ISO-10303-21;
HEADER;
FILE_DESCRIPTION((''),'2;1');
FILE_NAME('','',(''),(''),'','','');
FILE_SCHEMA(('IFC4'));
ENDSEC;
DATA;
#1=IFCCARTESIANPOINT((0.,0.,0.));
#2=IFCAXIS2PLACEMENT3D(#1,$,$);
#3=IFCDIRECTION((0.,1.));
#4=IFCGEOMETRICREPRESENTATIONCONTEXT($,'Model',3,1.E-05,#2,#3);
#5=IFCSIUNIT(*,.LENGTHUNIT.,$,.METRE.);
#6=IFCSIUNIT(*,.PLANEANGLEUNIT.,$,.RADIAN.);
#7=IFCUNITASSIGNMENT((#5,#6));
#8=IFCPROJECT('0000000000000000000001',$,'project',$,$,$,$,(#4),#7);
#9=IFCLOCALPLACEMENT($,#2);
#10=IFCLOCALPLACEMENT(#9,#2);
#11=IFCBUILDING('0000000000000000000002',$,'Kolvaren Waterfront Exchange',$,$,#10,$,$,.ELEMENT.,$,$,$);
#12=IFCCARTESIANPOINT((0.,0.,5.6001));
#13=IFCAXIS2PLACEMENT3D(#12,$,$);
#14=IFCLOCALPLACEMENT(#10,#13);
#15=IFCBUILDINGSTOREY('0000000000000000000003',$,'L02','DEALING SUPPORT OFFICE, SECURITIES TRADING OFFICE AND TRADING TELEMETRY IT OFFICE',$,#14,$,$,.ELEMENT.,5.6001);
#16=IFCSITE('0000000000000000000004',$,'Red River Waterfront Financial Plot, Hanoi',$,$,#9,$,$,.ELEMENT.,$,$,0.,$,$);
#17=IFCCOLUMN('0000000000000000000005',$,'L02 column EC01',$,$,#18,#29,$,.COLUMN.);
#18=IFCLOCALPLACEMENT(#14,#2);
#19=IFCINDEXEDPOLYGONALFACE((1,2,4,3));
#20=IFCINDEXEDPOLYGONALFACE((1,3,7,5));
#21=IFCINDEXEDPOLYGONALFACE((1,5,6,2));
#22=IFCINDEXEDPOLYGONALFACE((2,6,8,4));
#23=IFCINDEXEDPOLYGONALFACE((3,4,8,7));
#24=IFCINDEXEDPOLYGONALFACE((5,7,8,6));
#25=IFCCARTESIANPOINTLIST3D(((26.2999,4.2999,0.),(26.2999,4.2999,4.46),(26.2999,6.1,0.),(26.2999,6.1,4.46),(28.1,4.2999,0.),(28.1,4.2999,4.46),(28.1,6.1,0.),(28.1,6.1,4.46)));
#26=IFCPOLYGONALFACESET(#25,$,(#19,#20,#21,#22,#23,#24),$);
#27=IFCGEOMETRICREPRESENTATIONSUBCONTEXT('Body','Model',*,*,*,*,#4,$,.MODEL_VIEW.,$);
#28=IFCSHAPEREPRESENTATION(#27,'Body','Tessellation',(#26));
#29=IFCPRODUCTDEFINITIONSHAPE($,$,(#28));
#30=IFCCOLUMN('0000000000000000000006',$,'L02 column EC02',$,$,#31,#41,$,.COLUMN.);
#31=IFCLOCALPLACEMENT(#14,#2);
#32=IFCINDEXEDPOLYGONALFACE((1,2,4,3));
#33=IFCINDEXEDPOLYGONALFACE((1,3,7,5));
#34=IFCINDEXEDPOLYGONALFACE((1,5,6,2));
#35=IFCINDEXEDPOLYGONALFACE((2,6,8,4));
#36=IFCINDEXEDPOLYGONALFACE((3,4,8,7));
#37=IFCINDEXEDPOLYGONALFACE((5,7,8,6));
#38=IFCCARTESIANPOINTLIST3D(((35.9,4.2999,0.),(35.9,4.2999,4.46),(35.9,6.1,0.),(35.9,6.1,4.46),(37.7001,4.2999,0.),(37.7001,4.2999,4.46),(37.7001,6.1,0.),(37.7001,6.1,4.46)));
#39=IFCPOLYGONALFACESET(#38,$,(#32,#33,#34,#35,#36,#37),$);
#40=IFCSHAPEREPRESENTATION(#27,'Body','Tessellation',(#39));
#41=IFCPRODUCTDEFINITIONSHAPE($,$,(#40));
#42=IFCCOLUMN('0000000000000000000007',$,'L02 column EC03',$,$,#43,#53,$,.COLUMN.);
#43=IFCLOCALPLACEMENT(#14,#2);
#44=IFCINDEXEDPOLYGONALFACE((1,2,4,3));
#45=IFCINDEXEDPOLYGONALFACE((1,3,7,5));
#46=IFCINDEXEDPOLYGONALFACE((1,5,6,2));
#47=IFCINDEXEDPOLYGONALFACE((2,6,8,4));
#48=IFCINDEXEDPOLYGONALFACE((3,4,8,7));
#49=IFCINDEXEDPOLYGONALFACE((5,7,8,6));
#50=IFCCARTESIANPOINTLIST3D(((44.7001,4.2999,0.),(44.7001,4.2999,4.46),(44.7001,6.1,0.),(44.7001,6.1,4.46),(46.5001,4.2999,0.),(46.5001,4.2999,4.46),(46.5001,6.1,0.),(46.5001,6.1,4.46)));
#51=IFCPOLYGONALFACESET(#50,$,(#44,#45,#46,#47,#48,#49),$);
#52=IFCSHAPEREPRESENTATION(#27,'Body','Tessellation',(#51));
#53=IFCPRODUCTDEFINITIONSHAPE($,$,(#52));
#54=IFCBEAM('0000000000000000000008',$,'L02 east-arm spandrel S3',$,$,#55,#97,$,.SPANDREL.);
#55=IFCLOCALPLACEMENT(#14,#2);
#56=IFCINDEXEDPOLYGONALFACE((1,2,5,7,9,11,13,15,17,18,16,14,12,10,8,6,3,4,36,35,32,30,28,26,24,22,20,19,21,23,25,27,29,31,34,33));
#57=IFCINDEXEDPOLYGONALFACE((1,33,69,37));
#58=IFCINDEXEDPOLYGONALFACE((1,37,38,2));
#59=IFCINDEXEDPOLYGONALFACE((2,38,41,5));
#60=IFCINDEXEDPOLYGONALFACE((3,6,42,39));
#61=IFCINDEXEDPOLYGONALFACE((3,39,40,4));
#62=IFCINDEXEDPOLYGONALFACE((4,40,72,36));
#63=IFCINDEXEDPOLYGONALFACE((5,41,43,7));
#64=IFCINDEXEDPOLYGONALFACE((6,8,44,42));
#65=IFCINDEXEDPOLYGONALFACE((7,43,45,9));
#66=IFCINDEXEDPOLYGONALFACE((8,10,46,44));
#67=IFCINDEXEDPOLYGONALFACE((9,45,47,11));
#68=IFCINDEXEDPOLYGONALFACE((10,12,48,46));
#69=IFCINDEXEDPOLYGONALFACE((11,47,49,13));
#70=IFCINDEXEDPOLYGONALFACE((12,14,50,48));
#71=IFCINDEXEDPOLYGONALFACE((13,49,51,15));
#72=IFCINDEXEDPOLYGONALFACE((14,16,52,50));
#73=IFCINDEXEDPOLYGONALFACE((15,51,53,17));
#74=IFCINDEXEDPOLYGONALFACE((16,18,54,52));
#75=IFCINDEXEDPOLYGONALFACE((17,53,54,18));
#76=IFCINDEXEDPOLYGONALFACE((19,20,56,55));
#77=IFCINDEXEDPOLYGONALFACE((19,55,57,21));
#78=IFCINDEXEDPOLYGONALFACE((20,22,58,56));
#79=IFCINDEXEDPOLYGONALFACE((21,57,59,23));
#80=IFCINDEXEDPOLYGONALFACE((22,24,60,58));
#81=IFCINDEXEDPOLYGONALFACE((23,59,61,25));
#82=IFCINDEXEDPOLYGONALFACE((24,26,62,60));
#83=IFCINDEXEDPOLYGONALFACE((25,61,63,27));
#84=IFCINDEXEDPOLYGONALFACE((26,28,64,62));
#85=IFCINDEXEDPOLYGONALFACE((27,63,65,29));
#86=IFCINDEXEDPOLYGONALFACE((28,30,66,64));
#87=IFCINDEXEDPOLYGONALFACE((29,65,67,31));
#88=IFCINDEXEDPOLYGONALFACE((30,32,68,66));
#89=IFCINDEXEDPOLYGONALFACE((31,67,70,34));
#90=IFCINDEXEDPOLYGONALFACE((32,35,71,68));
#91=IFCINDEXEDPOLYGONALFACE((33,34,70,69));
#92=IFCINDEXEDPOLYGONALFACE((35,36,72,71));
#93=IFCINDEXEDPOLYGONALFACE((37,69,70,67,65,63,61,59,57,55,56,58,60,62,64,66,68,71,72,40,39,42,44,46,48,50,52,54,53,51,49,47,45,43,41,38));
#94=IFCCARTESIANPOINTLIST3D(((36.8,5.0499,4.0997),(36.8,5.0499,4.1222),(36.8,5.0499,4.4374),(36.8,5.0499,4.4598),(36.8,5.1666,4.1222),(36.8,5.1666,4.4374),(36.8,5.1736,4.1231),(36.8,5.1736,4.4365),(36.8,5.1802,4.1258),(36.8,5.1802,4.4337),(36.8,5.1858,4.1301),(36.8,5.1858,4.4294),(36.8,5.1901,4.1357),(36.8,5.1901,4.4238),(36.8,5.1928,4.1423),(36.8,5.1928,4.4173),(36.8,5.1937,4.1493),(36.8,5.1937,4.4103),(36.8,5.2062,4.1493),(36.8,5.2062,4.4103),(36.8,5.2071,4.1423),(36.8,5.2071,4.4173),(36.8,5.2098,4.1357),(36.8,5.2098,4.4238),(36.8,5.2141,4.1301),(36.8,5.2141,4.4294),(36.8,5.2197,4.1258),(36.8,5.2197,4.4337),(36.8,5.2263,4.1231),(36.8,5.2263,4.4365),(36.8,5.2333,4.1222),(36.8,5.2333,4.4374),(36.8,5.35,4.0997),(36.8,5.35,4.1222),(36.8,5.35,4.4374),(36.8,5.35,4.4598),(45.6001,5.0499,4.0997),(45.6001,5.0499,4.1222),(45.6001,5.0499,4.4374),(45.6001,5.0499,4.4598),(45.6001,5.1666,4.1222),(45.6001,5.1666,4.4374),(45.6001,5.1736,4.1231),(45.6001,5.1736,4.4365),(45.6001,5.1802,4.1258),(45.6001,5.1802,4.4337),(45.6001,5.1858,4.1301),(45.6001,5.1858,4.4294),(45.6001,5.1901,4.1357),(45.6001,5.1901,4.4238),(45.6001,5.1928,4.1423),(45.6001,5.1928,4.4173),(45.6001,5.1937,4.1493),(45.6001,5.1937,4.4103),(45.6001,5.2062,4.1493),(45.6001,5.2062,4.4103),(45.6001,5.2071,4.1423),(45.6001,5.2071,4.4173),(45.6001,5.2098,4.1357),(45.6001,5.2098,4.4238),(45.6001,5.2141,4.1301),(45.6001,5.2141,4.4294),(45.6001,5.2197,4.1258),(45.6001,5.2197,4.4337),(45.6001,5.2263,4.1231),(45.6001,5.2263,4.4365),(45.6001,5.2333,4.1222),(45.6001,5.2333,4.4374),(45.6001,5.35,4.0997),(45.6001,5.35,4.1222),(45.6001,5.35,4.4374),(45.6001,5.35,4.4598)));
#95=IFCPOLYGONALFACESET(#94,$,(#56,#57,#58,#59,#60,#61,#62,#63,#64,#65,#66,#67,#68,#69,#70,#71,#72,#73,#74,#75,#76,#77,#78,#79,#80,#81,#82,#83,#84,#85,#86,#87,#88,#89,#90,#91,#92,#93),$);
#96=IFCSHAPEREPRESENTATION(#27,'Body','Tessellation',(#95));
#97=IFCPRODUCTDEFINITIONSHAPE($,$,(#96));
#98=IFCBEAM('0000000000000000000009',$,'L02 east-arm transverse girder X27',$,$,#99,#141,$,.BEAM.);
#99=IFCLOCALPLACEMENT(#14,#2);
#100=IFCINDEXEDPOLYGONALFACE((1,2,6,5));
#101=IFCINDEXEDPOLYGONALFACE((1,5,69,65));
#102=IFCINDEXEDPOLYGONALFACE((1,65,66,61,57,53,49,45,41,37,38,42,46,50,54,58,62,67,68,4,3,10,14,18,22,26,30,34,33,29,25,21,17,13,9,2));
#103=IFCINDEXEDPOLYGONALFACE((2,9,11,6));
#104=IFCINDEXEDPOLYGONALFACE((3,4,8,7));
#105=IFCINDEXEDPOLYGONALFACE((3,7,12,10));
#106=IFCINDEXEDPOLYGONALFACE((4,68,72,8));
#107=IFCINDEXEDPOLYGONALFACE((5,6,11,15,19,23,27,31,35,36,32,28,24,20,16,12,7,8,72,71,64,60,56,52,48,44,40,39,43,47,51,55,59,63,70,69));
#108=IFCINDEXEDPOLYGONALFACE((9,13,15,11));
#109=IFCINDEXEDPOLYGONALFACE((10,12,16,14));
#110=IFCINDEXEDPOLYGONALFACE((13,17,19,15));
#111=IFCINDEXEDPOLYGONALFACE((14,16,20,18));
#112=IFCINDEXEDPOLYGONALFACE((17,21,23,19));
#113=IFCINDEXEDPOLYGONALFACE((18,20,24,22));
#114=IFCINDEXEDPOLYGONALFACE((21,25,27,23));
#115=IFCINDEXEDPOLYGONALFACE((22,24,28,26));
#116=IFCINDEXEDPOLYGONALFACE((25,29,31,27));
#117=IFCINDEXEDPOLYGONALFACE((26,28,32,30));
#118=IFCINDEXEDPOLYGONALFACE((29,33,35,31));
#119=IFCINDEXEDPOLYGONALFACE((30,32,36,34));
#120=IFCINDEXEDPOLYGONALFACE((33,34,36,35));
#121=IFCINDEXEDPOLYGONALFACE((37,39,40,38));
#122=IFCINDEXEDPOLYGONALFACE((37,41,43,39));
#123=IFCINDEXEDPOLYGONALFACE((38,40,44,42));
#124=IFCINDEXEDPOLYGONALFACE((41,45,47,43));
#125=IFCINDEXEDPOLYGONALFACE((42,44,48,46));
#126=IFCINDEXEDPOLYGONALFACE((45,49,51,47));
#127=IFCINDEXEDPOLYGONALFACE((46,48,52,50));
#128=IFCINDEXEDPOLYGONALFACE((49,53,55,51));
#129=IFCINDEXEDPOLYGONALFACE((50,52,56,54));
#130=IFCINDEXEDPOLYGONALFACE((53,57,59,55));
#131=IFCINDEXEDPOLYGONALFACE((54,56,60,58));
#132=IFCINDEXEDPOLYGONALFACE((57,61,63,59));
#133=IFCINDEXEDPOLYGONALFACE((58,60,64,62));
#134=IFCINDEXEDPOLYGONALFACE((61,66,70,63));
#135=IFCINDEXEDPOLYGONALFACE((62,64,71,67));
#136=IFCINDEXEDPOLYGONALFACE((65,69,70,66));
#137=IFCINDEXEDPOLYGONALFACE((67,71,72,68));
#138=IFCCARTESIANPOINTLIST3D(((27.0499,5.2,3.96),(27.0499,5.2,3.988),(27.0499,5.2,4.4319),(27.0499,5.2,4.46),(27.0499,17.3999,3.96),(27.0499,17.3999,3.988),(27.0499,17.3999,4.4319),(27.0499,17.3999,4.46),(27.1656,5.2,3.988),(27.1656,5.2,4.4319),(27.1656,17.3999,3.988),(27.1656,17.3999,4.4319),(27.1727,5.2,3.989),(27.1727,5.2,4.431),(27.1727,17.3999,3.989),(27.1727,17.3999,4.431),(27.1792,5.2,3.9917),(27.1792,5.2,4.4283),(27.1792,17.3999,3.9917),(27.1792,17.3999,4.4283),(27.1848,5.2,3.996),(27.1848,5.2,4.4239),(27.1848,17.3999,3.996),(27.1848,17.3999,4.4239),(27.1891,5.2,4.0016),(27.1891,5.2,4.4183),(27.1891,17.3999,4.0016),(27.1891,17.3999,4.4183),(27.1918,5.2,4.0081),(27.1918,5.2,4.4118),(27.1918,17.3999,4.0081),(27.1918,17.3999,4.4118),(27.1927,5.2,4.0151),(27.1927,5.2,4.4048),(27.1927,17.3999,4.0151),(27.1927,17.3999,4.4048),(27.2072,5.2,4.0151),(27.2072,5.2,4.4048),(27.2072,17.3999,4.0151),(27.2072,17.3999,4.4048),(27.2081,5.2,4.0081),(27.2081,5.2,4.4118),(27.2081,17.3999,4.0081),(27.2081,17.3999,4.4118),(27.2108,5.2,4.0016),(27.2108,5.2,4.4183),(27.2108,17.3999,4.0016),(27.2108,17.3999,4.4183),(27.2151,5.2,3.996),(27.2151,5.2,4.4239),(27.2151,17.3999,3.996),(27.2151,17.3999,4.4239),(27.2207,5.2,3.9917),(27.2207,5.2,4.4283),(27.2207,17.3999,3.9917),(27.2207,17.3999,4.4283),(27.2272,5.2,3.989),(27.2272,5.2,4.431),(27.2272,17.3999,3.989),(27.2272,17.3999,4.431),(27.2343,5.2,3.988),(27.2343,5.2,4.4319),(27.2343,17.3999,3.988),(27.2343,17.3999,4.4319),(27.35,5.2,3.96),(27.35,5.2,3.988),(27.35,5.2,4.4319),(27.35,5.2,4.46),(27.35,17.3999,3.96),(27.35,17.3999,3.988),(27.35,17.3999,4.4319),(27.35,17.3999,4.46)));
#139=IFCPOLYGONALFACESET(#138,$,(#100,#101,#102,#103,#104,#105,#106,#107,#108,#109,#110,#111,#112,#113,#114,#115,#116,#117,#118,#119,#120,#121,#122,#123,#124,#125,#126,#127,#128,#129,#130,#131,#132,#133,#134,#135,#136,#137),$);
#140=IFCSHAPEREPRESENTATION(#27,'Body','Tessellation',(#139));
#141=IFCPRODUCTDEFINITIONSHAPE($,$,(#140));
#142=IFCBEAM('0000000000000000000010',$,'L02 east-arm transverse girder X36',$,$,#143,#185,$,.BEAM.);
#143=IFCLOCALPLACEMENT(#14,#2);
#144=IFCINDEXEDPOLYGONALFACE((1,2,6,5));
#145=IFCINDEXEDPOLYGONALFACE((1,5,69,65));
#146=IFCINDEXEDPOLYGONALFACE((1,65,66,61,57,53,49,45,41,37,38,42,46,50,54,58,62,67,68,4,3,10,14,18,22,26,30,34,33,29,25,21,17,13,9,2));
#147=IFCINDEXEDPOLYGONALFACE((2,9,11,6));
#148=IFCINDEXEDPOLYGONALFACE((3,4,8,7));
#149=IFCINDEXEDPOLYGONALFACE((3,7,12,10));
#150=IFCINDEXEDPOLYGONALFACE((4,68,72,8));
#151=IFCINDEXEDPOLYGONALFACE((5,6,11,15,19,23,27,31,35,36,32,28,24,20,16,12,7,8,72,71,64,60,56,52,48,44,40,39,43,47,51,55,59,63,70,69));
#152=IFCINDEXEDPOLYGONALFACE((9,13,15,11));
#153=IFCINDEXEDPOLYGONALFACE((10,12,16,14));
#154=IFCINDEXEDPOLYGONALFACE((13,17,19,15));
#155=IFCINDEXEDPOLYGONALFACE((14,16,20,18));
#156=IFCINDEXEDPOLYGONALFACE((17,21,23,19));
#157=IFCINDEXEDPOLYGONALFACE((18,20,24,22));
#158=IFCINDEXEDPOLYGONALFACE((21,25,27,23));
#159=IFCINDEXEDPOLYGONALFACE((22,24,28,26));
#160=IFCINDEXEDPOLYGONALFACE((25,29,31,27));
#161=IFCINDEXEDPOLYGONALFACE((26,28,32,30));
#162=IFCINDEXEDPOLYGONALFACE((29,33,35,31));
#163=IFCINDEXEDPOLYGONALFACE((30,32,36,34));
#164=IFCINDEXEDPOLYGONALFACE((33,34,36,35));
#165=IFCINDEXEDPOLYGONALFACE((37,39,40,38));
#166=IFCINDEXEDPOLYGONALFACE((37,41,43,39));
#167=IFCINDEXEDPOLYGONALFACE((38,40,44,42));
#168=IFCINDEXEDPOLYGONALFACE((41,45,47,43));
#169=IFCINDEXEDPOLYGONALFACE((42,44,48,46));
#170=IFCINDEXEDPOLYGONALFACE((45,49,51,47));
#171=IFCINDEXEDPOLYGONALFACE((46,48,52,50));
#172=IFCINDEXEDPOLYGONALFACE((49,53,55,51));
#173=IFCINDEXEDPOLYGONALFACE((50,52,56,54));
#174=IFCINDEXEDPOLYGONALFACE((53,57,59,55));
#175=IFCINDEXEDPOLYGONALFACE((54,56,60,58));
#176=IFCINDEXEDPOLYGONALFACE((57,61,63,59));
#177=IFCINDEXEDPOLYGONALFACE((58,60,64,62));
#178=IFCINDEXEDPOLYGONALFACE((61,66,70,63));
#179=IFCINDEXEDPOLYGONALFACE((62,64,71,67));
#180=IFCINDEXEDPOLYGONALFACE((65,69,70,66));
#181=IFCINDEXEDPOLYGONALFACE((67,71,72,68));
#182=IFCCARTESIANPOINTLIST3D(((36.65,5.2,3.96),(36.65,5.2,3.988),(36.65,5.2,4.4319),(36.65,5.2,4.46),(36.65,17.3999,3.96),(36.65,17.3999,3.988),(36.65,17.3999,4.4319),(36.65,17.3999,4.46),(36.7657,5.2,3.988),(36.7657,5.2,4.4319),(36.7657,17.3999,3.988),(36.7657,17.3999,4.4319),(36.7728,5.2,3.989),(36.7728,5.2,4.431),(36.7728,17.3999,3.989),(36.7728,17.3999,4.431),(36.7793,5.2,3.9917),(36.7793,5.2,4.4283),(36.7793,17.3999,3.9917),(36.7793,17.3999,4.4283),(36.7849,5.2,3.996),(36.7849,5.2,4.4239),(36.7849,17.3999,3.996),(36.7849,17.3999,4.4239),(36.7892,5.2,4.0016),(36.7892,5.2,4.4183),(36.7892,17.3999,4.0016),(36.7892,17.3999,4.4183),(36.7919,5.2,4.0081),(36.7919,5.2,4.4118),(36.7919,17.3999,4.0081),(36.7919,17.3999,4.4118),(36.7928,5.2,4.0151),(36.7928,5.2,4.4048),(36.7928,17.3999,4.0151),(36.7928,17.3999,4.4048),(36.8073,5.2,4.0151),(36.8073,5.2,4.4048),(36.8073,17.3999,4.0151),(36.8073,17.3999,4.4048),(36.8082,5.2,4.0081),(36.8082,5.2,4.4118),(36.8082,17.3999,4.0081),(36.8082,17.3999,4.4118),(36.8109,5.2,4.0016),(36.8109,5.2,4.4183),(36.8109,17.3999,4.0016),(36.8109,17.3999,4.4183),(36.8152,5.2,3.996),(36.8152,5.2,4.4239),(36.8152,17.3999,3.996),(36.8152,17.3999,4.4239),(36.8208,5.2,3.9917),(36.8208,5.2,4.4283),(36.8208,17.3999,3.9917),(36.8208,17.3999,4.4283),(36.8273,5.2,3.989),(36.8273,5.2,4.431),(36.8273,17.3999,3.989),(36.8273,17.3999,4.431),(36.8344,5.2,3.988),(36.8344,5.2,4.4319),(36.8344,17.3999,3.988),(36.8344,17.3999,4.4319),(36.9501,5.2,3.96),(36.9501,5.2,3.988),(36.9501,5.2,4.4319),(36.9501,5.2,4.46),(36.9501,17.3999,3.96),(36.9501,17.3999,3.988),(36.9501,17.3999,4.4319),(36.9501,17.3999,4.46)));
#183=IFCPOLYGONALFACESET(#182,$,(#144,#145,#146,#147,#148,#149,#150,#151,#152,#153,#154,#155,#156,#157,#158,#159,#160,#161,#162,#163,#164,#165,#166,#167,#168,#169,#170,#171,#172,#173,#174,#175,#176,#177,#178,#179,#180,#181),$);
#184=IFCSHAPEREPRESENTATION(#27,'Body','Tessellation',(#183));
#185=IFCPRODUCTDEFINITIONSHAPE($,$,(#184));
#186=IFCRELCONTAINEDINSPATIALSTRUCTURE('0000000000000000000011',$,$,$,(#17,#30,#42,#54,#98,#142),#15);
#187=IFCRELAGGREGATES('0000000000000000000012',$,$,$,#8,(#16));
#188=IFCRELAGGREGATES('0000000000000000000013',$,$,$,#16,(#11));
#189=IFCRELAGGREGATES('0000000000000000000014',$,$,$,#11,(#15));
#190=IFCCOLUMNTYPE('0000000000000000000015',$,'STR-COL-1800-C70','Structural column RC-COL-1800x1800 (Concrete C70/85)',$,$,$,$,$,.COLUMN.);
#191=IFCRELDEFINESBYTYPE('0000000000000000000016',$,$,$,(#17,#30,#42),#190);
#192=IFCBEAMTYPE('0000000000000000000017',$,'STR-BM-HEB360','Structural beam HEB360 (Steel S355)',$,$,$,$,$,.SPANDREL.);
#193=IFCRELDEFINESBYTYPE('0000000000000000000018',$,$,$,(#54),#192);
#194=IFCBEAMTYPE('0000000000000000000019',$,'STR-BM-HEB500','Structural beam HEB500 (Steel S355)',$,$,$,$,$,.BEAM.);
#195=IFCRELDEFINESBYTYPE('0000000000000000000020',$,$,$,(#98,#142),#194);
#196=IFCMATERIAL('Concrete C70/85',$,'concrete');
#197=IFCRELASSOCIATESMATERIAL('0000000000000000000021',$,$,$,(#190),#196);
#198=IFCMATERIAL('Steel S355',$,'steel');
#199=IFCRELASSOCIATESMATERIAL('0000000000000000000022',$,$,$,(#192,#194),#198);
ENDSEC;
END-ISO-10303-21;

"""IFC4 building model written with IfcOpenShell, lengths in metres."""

from ifc_helpers import new_model, si_unit, direction, frame, origin, origin_2d, place, context, subcontext, project, spatial, rectangle, i_section, extrude, material, material_profile, profile_set, type_object, element, save


model = new_model("IFC4")

# Units and contexts
model_context = context("Model", 3, precision=1e-05, world=origin(), true_north=direction((0.0, 1.0)))
body_context = subcontext(model_context, "Body", "Model", "MODEL_VIEW")
ifc_project = project(units=[si_unit("LENGTHUNIT", "METRE"), si_unit("PLANEANGLEUNIT", "RADIAN")], contexts=[model_context])

# Site, building, storey
site_placement = place(None, origin())
site = spatial("IfcSite", under=ifc_project, at=site_placement, Name="Red River Waterfront Financial Plot, Hanoi", CompositionType="ELEMENT", RefElevation=0.0)
building_placement = place(site_placement, origin())
building = spatial("IfcBuilding", under=site, at=building_placement, Name="Kolvaren Waterfront Exchange", CompositionType="ELEMENT")
storey_placement = place(building_placement, frame((0.0, 0.0, 5.6001)))
storey = spatial("IfcBuildingStorey", under=building, at=storey_placement, Name="L02", Description="DEALING SUPPORT OFFICE, SECURITIES TRADING OFFICE AND TRADING TELEMETRY IT OFFICE", CompositionType="ELEMENT", Elevation=5.6001)

# Columns
ifc_material_1 = material(Name="Concrete C70/85", Category="concrete")
ifc_material_profile_1 = material_profile(ifc_material_1, rectangle(XDim=1.8, YDim=1.8, at=origin_2d()), Name="RC-COL-1800x1800")
ifc_profile_set_1 = profile_set([ifc_material_profile_1], Name="Concrete C70/85")
column_type = type_object("IfcColumnType", Name="STR-COL-1800-C70", Description="Structural column RC-COL-1800x1800 (Concrete C70/85)", PredefinedType="COLUMN", material=ifc_profile_set_1)
for number, where, z_axis, x_axis, name in (
    (1, (27.2, 5.2, 0.0), (0.0, 0.0, 1.0), (1.0, 0.0, 0.0), "L02 column EC01"),
    (2, (36.8, 5.2, 0.0), (0.0, 0.0, 1.0), (1.0, 0.0, 0.0), "L02 column EC02"),
    (3, (45.6001, 5.2, 0.0), (0.0, 0.0, 1.0), (1.0, 0.0, 0.0), "L02 column EC03"),
):
    element("IfcColumn", number, at=place(storey_placement, frame(where, z_axis=z_axis, x_axis=x_axis)), inside=storey, type_object=column_type, Name=name, PredefinedType="COLUMN", context=body_context, shape_type="SweptSolid", body=[
        extrude(rectangle(XDim=1.8, YDim=1.8, at=origin_2d()), origin(), (0.0, 0.0, 1.0), 4.46),
    ])

# Beams
ifc_material_2 = material(Name="Steel S355", Category="steel")
ifc_material_profile_2 = material_profile(ifc_material_2, i_section(OverallWidth=0.3, OverallDepth=0.3601, WebThickness=0.0125, FlangeThickness=0.0225, FilletRadius=0.0271, at=origin_2d()), Name="HEB360")
ifc_profile_set_2 = profile_set([ifc_material_profile_2], Name="Steel S355")
beam_type_1 = type_object("IfcBeamType", Name="STR-BM-HEB360", Description="Structural beam HEB360 (Steel S355)", PredefinedType="SPANDREL", material=ifc_profile_set_2)
beam_1_placement = place(storey_placement, frame((36.8, 5.2, 4.2798), z_axis=(1.0, 0.0, 0.0), x_axis=(0.0, 1.0, 0.0)))
element("IfcBeam", 4, at=beam_1_placement, inside=storey, type_object=beam_type_1, Name="L02 east-arm spandrel S3", PredefinedType="SPANDREL", context=body_context, shape_type="SweptSolid", body=[
    extrude(i_section(OverallWidth=0.3, OverallDepth=0.3601, WebThickness=0.0125, FlangeThickness=0.0225, FilletRadius=0.0271, at=origin_2d()), origin(), (0.0, 0.0, 1.0), 8.8),
])
ifc_material_profile_3 = material_profile(ifc_material_2, i_section(OverallWidth=0.3, OverallDepth=0.5, WebThickness=0.0144, FlangeThickness=0.0281, FilletRadius=0.0271, at=origin_2d()), Name="HEB500")
ifc_profile_set_3 = profile_set([ifc_material_profile_3], Name="Steel S355")
beam_type_2 = type_object("IfcBeamType", Name="STR-BM-HEB500", Description="Structural beam HEB500 (Steel S355)", PredefinedType="BEAM", material=ifc_profile_set_3)
for number, where, z_axis, x_axis, name in (
    (5, (27.2, 5.2, 4.21), (0.0, 1.0, 0.0), (-1.0, 0.0, 0.0), "L02 east-arm transverse girder X27"),
    (6, (36.8, 5.2, 4.21), (0.0, 1.0, 0.0), (-1.0, 0.0, 0.0), "L02 east-arm transverse girder X36"),
):
    element("IfcBeam", number, at=place(storey_placement, frame(where, z_axis=z_axis, x_axis=x_axis)), inside=storey, type_object=beam_type_2, Name=name, PredefinedType="BEAM", context=body_context, shape_type="SweptSolid", body=[
        extrude(i_section(OverallWidth=0.3, OverallDepth=0.5, WebThickness=0.0144, FlangeThickness=0.0281, FilletRadius=0.0271, at=origin_2d()), origin(), (0.0, 0.0, 1.0), 12.2),
    ])

save(model, "model.ifc")
